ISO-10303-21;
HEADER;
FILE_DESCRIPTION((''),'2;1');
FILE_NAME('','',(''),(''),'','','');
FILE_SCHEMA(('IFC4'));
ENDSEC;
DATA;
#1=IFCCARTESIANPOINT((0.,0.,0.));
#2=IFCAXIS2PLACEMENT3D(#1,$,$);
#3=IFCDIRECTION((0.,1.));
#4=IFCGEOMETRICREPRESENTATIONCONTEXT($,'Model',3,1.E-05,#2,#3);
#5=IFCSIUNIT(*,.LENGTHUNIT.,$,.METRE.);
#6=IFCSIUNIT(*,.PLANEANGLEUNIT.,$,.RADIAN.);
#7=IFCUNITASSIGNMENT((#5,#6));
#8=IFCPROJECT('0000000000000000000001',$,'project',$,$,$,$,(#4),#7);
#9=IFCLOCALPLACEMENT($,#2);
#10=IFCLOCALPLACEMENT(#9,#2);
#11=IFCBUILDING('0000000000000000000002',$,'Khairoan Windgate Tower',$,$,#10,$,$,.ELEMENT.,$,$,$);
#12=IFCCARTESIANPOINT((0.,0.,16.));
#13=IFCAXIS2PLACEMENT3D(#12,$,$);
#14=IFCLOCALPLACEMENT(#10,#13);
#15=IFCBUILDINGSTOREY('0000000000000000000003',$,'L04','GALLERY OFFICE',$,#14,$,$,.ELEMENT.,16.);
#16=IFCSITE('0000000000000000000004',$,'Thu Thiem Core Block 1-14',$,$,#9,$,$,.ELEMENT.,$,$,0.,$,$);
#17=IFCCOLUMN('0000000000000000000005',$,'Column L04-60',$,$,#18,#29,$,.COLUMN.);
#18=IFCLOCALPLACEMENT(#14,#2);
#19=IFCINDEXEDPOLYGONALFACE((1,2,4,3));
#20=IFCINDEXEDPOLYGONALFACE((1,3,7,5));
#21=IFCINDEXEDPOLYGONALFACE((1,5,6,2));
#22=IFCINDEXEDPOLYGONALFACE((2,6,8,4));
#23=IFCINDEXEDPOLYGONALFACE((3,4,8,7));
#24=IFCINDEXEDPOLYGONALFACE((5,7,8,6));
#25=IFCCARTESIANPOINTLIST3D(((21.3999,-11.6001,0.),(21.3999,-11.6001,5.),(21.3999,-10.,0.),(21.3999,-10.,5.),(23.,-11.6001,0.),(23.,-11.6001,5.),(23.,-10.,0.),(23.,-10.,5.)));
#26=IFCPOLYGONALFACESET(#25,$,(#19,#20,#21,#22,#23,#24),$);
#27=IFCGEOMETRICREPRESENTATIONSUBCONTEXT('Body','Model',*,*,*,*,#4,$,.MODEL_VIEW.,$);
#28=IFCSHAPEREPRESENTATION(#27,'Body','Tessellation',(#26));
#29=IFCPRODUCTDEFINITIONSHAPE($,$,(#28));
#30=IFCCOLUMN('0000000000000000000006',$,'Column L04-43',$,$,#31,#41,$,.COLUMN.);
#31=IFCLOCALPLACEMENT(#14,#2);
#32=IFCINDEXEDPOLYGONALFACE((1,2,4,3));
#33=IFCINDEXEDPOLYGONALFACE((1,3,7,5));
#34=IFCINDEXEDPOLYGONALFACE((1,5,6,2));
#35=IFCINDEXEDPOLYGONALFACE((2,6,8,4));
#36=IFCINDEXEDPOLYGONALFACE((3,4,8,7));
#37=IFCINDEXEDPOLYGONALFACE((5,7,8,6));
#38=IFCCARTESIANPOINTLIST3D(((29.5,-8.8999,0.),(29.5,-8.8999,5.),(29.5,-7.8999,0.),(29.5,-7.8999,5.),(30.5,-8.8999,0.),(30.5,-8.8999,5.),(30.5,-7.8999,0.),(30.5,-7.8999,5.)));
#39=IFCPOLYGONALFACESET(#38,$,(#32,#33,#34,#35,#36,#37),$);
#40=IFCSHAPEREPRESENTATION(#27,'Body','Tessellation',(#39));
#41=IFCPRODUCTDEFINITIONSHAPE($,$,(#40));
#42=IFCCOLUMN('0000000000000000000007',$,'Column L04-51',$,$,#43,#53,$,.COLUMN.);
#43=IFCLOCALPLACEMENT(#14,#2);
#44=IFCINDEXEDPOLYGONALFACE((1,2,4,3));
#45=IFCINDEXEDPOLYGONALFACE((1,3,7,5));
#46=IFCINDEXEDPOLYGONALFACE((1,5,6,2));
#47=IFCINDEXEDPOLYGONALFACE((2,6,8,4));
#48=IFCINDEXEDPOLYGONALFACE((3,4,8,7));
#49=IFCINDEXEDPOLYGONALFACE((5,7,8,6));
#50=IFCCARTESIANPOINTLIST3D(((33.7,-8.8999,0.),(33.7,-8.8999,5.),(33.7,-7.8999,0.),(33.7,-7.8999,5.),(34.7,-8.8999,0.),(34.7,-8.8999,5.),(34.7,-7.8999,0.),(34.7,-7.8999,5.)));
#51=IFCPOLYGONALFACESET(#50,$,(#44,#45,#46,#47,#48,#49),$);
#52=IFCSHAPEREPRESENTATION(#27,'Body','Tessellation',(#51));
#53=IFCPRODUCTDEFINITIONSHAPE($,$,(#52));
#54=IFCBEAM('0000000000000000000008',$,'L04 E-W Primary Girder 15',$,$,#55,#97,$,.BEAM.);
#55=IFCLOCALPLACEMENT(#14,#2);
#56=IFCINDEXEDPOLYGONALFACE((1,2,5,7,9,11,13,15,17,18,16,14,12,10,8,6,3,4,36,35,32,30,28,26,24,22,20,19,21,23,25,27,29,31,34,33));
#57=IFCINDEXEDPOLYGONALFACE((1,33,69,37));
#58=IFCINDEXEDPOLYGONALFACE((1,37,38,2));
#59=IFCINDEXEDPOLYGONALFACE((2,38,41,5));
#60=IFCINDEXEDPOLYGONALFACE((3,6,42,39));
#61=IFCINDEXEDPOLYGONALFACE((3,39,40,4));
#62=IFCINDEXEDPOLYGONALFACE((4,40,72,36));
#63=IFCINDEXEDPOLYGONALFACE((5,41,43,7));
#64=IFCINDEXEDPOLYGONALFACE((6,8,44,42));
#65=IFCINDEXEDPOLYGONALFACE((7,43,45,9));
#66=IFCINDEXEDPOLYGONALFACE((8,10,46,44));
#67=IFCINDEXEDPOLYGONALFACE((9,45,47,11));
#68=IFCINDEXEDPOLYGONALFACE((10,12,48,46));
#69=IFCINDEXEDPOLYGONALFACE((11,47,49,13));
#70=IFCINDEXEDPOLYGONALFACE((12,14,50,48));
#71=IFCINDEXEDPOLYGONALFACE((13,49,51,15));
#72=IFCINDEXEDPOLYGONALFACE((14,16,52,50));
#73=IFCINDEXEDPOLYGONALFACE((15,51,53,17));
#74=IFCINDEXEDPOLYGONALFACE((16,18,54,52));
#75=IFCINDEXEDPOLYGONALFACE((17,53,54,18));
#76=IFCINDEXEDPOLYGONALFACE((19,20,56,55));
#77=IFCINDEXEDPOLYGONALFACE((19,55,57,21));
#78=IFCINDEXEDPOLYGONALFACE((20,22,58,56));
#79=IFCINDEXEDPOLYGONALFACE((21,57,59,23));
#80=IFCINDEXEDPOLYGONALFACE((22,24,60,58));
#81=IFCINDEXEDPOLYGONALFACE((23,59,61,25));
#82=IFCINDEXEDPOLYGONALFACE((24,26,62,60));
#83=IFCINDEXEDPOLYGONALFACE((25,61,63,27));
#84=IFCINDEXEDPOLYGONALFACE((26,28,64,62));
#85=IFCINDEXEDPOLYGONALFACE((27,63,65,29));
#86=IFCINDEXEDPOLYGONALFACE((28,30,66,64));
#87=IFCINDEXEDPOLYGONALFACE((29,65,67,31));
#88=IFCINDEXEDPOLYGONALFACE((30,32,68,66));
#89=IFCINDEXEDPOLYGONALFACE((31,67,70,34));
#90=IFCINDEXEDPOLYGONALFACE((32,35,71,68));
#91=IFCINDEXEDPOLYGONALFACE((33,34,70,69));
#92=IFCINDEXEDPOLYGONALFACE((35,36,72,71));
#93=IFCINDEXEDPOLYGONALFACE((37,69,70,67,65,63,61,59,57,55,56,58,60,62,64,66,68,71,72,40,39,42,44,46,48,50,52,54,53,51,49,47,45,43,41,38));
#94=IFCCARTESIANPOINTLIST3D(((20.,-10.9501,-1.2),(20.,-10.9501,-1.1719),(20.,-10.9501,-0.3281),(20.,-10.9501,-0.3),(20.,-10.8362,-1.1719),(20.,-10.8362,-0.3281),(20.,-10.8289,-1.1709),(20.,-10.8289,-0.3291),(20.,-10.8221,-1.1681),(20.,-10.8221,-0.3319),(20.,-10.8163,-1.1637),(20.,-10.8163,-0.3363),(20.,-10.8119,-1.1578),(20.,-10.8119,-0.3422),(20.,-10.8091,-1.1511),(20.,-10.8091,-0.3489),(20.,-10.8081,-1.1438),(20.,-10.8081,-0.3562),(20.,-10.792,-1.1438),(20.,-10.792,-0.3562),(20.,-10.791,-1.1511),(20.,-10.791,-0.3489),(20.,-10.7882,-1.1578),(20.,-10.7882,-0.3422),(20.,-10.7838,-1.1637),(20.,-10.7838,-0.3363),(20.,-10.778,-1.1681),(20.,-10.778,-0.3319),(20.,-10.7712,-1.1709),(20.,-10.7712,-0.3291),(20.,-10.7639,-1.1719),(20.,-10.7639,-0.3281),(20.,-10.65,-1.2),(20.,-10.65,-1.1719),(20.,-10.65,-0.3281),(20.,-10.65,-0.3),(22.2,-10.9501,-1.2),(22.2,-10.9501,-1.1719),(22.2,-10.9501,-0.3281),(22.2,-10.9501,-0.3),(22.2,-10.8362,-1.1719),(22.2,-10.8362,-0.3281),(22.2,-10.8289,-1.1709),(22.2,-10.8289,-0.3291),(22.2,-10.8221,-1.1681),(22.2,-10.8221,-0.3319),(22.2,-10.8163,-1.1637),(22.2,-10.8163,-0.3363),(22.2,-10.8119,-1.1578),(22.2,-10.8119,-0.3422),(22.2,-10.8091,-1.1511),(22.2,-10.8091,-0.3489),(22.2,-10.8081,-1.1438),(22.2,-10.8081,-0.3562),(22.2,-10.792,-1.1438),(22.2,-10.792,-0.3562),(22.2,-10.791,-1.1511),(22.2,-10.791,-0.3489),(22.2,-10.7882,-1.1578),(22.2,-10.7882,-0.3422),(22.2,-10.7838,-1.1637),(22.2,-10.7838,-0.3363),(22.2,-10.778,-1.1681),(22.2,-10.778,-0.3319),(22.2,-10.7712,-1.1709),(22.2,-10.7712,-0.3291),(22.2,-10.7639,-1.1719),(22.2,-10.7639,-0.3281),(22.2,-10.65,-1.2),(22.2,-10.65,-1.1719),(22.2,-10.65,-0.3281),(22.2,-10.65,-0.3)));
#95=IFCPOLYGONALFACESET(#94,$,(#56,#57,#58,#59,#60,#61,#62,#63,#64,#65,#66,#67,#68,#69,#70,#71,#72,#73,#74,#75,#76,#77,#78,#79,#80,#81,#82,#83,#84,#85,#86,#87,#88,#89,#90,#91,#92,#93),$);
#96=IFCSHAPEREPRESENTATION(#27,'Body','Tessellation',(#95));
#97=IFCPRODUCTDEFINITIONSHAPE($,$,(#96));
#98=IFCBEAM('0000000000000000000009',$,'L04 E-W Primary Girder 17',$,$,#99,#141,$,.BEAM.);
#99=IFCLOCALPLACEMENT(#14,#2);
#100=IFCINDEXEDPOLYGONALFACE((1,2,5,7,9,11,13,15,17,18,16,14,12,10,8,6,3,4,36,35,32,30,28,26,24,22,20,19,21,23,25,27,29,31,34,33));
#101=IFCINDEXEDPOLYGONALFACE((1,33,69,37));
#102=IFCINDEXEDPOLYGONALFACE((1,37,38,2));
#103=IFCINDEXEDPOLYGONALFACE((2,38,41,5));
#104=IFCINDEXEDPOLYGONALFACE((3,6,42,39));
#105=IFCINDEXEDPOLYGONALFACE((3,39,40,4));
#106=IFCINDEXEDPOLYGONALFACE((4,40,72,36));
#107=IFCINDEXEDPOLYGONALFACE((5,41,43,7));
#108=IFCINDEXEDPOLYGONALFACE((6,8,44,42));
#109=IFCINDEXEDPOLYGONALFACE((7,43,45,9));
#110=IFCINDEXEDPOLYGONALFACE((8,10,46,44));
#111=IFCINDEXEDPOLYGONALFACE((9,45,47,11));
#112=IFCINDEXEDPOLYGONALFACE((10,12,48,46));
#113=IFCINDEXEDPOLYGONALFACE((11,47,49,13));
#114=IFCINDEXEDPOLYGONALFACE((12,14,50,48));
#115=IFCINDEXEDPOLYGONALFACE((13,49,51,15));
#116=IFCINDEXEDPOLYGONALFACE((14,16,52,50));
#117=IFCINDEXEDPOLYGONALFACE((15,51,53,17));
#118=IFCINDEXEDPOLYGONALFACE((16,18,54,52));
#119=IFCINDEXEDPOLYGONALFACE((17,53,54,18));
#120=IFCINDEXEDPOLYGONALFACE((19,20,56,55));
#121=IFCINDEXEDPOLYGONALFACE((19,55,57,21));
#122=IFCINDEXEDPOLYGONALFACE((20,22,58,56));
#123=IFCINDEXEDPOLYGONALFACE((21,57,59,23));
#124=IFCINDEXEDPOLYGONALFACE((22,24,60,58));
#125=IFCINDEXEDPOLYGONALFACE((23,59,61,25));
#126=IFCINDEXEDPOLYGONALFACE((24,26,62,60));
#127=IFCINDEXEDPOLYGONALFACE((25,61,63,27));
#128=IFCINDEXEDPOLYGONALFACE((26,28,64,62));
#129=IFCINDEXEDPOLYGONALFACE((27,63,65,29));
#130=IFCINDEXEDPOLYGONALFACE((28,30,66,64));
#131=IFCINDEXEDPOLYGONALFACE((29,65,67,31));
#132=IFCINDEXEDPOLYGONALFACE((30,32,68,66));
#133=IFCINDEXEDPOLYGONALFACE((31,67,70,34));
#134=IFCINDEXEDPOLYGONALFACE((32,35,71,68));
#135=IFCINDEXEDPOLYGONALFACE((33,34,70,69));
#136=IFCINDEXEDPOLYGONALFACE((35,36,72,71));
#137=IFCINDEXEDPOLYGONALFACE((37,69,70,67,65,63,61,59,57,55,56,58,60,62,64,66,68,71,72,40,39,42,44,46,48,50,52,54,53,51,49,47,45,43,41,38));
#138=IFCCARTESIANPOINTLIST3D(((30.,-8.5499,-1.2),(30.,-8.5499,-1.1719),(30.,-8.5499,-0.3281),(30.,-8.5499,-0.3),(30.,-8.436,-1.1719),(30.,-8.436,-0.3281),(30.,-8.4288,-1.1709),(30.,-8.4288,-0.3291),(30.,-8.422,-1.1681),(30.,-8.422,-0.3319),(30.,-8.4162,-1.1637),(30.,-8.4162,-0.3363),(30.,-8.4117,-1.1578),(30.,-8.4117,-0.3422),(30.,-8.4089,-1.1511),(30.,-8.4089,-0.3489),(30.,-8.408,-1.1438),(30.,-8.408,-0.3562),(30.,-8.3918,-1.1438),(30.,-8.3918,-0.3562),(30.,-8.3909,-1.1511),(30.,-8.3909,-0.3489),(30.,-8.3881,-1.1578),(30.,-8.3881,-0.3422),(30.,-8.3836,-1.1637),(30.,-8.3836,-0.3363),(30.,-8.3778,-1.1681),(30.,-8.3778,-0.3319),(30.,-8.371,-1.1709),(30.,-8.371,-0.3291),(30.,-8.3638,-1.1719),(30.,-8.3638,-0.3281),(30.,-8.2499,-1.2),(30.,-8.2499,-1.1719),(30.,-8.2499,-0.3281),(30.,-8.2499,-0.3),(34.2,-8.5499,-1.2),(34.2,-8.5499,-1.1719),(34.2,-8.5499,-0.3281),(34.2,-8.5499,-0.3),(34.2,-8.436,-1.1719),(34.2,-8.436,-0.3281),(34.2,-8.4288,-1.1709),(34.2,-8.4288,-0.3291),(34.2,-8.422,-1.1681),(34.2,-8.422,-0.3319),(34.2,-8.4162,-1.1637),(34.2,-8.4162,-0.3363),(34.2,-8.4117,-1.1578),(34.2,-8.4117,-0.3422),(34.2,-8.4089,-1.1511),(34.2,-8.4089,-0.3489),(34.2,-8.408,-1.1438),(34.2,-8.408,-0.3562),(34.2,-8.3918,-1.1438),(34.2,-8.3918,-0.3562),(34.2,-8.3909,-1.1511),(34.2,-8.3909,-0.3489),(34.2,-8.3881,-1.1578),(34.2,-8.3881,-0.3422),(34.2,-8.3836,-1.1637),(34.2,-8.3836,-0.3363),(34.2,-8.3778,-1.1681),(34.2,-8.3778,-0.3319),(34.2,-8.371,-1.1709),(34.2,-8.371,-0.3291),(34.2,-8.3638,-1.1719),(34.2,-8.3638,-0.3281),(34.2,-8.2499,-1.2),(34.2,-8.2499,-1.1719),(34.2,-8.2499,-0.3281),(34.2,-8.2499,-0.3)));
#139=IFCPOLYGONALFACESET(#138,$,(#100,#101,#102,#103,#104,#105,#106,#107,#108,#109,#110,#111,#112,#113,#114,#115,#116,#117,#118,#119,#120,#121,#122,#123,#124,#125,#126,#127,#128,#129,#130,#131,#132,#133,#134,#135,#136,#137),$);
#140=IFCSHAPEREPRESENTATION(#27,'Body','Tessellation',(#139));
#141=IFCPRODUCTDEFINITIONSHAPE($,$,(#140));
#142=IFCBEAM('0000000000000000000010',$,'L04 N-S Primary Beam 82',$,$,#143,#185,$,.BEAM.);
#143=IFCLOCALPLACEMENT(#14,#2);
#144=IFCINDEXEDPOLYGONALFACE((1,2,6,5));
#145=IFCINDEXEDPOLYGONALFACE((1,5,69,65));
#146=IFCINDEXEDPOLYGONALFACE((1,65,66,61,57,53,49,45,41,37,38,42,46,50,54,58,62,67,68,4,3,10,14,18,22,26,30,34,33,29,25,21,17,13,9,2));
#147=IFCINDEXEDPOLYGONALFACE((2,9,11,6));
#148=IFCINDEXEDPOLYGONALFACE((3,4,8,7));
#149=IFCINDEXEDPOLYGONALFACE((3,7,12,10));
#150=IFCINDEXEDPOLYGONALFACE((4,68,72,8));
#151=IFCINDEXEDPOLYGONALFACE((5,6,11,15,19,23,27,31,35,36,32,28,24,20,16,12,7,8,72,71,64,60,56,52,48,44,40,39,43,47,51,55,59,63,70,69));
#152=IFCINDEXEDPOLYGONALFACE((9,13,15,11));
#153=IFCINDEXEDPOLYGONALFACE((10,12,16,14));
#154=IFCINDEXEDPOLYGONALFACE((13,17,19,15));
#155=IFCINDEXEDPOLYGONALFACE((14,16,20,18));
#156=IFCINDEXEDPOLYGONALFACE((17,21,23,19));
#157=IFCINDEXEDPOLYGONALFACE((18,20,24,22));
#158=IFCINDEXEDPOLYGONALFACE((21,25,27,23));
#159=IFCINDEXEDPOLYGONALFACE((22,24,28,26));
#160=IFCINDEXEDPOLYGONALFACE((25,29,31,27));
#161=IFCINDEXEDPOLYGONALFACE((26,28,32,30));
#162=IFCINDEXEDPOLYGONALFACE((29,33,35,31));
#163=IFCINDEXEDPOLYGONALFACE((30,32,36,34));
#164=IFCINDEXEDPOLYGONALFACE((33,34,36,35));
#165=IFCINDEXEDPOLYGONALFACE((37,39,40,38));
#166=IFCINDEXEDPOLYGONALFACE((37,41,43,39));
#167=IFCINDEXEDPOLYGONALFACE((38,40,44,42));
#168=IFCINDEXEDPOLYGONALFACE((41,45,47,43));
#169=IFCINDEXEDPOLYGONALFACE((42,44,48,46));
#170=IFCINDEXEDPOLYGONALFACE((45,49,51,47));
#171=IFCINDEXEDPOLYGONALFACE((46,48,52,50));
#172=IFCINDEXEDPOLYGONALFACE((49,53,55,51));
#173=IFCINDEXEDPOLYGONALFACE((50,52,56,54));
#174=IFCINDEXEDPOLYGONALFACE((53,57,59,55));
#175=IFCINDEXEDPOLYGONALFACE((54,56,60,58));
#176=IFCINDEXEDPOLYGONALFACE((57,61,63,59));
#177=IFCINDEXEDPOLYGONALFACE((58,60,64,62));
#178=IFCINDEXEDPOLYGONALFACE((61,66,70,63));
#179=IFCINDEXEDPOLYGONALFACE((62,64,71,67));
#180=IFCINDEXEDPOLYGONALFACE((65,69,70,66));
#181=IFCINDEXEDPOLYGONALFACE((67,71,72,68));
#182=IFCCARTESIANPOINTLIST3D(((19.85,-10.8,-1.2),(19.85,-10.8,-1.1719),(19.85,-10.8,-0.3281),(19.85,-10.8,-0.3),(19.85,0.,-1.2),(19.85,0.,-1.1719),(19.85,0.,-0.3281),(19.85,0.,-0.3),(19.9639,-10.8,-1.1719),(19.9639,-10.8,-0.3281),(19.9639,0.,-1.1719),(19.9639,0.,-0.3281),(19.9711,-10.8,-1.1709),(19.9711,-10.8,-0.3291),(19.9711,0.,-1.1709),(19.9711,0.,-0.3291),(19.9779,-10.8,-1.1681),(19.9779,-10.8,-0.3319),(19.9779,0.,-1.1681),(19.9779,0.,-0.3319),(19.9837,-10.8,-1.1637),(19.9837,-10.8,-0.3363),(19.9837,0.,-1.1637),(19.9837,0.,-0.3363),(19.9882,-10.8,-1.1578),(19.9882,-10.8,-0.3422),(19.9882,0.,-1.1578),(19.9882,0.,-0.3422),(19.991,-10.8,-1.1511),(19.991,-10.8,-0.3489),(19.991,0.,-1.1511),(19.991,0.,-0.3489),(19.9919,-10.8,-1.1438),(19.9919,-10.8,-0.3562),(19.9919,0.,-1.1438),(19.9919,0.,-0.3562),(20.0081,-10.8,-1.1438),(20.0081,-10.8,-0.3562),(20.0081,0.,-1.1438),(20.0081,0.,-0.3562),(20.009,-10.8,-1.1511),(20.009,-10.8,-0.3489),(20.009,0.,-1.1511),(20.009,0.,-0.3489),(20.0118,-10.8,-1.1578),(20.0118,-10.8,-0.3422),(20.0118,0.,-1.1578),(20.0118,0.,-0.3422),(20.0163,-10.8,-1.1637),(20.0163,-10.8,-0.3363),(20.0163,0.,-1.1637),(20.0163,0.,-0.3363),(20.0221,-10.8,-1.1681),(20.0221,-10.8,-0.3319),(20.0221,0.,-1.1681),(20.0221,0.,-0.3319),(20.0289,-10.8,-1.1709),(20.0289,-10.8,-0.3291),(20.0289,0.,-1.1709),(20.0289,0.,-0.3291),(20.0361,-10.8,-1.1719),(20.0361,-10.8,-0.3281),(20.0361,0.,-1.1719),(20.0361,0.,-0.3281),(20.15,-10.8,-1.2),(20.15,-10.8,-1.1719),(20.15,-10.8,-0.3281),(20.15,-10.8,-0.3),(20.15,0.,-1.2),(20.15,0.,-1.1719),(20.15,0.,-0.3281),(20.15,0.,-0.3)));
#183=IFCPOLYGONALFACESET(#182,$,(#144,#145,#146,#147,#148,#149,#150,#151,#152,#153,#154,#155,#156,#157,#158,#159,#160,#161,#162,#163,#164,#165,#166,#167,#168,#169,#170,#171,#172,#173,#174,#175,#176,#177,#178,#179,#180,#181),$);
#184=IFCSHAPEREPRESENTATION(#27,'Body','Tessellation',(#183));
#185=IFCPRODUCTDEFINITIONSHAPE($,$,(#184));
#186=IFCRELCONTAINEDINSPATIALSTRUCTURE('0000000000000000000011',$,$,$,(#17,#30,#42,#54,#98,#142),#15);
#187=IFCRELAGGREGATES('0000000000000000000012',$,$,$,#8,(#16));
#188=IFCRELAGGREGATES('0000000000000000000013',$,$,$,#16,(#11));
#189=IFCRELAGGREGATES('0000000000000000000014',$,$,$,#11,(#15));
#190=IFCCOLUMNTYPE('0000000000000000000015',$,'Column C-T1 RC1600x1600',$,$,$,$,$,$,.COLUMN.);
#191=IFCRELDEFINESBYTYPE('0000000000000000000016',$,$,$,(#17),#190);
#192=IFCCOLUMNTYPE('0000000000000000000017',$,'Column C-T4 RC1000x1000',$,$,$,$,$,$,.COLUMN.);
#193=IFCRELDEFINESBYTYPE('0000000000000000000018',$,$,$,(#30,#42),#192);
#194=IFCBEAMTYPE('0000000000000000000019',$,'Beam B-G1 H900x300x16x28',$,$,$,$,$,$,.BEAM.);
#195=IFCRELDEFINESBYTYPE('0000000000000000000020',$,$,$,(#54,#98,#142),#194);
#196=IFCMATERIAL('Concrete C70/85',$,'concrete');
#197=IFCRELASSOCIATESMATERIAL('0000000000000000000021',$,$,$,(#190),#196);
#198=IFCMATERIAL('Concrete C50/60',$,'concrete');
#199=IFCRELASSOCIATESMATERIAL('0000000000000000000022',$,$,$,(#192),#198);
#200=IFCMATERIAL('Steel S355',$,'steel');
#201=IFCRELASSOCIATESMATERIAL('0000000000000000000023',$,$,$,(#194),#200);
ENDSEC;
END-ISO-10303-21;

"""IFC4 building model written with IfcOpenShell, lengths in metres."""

from ifc_helpers import new_model, si_unit, direction, frame, origin, origin_2d, place, context, subcontext, project, spatial, rectangle, i_section, extrude, material, material_profile, profile_set, type_object, element, save


model = new_model("IFC4")

# Units and contexts
model_context = context("Model", 3, precision=1e-05, world=origin(), true_north=direction((0.0, 1.0)))
body_context = subcontext(model_context, "Body", "Model", "MODEL_VIEW")
ifc_project = project(units=[si_unit("LENGTHUNIT", "METRE"), si_unit("PLANEANGLEUNIT", "RADIAN")], contexts=[model_context])

# Site, building, storey
site_placement = place(None, origin())
site = spatial("IfcSite", under=ifc_project, at=site_placement, Name="Thu Thiem Core Block 1-14", CompositionType="ELEMENT", RefElevation=0.0)
building_placement = place(site_placement, origin())
building = spatial("IfcBuilding", under=site, at=building_placement, Name="Khairoan Windgate Tower", CompositionType="ELEMENT")
storey_placement = place(building_placement, frame((0.0, 0.0, 16.0)))
storey = spatial("IfcBuildingStorey", under=building, at=storey_placement, Name="L04", Description="GALLERY OFFICE", CompositionType="ELEMENT", Elevation=16.0)

# Columns
ifc_material_1 = material(Name="Concrete C70/85", Category="concrete")
ifc_material_profile_1 = material_profile(ifc_material_1, rectangle(XDim=1.6001, YDim=1.6001, at=origin_2d()))
ifc_profile_set_1 = profile_set([ifc_material_profile_1], Name="Concrete C70/85")
column_type_1 = type_object("IfcColumnType", Name="Column C-T1 RC1600x1600", PredefinedType="COLUMN", material=ifc_profile_set_1)
column_placement = place(storey_placement, frame((22.2, -10.8, 0.0), z_axis=(0.0, 0.0, 1.0), x_axis=(1.0, 0.0, 0.0)))
element("IfcColumn", 1, at=column_placement, inside=storey, type_object=column_type_1, Name="Column L04-60", PredefinedType="COLUMN", context=body_context, shape_type="SweptSolid", body=[
    extrude(rectangle(XDim=1.6001, YDim=1.6001, at=origin_2d()), origin(), (0.0, 0.0, 1.0), 5.0),
])
ifc_material_2 = material(Name="Concrete C50/60", Category="concrete")
ifc_material_profile_2 = material_profile(ifc_material_2, rectangle(XDim=1.0, YDim=1.0, at=origin_2d()))
ifc_profile_set_2 = profile_set([ifc_material_profile_2], Name="Concrete C50/60")
column_type_2 = type_object("IfcColumnType", Name="Column C-T4 RC1000x1000", PredefinedType="COLUMN", material=ifc_profile_set_2)
for number, where, z_axis, x_axis, name in (
    (2, (30.0, -8.3999, 0.0), (0.0, 0.0, 1.0), (1.0, 0.0, 0.0), "Column L04-43"),
    (3, (34.2, -8.3999, 0.0), (0.0, 0.0, 1.0), (1.0, 0.0, 0.0), "Column L04-51"),
):
    element("IfcColumn", number, at=place(storey_placement, frame(where, z_axis=z_axis, x_axis=x_axis)), inside=storey, type_object=column_type_2, Name=name, PredefinedType="COLUMN", context=body_context, shape_type="SweptSolid", body=[
        extrude(rectangle(XDim=1.0, YDim=1.0, at=origin_2d()), origin(), (0.0, 0.0, 1.0), 5.0),
    ])

# Beams
ifc_material_3 = material(Name="Steel S355", Category="steel")
ifc_material_profile_3 = material_profile(ifc_material_3, i_section(OverallWidth=0.3, OverallDepth=0.8999, WebThickness=0.0161, FlangeThickness=0.0281, FilletRadius=0.0281, at=origin_2d()))
ifc_profile_set_3 = profile_set([ifc_material_profile_3], Name="Steel S355")
beam_type_1 = type_object("IfcBeamType", Name="Beam B-G1 H900x300x16x28", PredefinedType="BEAM", material=ifc_profile_set_3)
beam_1_placement = place(storey_placement, frame((20.0, -10.8, -0.75), z_axis=(1.0, 0.0, 0.0), x_axis=(0.0, 1.0, 0.0)))
element("IfcBeam", 4, at=beam_1_placement, inside=storey, type_object=beam_type_1, Name="L04 E-W Primary Girder 15", PredefinedType="BEAM", context=body_context, shape_type="SweptSolid", body=[
    extrude(i_section(OverallWidth=0.3, OverallDepth=0.8999, WebThickness=0.0161, FlangeThickness=0.0281, FilletRadius=0.0281, at=origin_2d()), origin(), (0.0, 0.0, 1.0), 2.2),
])
beam_2_placement = place(storey_placement, frame((30.0, -8.3999, -0.75), z_axis=(1.0, 0.0, 0.0), x_axis=(0.0, 1.0, 0.0)))
element("IfcBeam", 5, at=beam_2_placement, inside=storey, type_object=beam_type_1, Name="L04 E-W Primary Girder 17", PredefinedType="BEAM", context=body_context, shape_type="SweptSolid", body=[
    extrude(i_section(OverallWidth=0.3, OverallDepth=0.8999, WebThickness=0.0161, FlangeThickness=0.0281, FilletRadius=0.0281, at=origin_2d()), origin(), (0.0, 0.0, 1.0), 4.2),
])
beam_3_placement = place(storey_placement, frame((20.0, -10.8, -0.75), z_axis=(0.0, 1.0, 0.0), x_axis=(-1.0, 0.0, 0.0)))
element("IfcBeam", 6, at=beam_3_placement, inside=storey, type_object=beam_type_1, Name="L04 N-S Primary Beam 82", PredefinedType="BEAM", context=body_context, shape_type="SweptSolid", body=[
    extrude(i_section(OverallWidth=0.3, OverallDepth=0.8999, WebThickness=0.0161, FlangeThickness=0.0281, FilletRadius=0.0281, at=origin_2d()), origin(), (0.0, 0.0, 1.0), 10.8),
])

save(model, "model.ifc")
